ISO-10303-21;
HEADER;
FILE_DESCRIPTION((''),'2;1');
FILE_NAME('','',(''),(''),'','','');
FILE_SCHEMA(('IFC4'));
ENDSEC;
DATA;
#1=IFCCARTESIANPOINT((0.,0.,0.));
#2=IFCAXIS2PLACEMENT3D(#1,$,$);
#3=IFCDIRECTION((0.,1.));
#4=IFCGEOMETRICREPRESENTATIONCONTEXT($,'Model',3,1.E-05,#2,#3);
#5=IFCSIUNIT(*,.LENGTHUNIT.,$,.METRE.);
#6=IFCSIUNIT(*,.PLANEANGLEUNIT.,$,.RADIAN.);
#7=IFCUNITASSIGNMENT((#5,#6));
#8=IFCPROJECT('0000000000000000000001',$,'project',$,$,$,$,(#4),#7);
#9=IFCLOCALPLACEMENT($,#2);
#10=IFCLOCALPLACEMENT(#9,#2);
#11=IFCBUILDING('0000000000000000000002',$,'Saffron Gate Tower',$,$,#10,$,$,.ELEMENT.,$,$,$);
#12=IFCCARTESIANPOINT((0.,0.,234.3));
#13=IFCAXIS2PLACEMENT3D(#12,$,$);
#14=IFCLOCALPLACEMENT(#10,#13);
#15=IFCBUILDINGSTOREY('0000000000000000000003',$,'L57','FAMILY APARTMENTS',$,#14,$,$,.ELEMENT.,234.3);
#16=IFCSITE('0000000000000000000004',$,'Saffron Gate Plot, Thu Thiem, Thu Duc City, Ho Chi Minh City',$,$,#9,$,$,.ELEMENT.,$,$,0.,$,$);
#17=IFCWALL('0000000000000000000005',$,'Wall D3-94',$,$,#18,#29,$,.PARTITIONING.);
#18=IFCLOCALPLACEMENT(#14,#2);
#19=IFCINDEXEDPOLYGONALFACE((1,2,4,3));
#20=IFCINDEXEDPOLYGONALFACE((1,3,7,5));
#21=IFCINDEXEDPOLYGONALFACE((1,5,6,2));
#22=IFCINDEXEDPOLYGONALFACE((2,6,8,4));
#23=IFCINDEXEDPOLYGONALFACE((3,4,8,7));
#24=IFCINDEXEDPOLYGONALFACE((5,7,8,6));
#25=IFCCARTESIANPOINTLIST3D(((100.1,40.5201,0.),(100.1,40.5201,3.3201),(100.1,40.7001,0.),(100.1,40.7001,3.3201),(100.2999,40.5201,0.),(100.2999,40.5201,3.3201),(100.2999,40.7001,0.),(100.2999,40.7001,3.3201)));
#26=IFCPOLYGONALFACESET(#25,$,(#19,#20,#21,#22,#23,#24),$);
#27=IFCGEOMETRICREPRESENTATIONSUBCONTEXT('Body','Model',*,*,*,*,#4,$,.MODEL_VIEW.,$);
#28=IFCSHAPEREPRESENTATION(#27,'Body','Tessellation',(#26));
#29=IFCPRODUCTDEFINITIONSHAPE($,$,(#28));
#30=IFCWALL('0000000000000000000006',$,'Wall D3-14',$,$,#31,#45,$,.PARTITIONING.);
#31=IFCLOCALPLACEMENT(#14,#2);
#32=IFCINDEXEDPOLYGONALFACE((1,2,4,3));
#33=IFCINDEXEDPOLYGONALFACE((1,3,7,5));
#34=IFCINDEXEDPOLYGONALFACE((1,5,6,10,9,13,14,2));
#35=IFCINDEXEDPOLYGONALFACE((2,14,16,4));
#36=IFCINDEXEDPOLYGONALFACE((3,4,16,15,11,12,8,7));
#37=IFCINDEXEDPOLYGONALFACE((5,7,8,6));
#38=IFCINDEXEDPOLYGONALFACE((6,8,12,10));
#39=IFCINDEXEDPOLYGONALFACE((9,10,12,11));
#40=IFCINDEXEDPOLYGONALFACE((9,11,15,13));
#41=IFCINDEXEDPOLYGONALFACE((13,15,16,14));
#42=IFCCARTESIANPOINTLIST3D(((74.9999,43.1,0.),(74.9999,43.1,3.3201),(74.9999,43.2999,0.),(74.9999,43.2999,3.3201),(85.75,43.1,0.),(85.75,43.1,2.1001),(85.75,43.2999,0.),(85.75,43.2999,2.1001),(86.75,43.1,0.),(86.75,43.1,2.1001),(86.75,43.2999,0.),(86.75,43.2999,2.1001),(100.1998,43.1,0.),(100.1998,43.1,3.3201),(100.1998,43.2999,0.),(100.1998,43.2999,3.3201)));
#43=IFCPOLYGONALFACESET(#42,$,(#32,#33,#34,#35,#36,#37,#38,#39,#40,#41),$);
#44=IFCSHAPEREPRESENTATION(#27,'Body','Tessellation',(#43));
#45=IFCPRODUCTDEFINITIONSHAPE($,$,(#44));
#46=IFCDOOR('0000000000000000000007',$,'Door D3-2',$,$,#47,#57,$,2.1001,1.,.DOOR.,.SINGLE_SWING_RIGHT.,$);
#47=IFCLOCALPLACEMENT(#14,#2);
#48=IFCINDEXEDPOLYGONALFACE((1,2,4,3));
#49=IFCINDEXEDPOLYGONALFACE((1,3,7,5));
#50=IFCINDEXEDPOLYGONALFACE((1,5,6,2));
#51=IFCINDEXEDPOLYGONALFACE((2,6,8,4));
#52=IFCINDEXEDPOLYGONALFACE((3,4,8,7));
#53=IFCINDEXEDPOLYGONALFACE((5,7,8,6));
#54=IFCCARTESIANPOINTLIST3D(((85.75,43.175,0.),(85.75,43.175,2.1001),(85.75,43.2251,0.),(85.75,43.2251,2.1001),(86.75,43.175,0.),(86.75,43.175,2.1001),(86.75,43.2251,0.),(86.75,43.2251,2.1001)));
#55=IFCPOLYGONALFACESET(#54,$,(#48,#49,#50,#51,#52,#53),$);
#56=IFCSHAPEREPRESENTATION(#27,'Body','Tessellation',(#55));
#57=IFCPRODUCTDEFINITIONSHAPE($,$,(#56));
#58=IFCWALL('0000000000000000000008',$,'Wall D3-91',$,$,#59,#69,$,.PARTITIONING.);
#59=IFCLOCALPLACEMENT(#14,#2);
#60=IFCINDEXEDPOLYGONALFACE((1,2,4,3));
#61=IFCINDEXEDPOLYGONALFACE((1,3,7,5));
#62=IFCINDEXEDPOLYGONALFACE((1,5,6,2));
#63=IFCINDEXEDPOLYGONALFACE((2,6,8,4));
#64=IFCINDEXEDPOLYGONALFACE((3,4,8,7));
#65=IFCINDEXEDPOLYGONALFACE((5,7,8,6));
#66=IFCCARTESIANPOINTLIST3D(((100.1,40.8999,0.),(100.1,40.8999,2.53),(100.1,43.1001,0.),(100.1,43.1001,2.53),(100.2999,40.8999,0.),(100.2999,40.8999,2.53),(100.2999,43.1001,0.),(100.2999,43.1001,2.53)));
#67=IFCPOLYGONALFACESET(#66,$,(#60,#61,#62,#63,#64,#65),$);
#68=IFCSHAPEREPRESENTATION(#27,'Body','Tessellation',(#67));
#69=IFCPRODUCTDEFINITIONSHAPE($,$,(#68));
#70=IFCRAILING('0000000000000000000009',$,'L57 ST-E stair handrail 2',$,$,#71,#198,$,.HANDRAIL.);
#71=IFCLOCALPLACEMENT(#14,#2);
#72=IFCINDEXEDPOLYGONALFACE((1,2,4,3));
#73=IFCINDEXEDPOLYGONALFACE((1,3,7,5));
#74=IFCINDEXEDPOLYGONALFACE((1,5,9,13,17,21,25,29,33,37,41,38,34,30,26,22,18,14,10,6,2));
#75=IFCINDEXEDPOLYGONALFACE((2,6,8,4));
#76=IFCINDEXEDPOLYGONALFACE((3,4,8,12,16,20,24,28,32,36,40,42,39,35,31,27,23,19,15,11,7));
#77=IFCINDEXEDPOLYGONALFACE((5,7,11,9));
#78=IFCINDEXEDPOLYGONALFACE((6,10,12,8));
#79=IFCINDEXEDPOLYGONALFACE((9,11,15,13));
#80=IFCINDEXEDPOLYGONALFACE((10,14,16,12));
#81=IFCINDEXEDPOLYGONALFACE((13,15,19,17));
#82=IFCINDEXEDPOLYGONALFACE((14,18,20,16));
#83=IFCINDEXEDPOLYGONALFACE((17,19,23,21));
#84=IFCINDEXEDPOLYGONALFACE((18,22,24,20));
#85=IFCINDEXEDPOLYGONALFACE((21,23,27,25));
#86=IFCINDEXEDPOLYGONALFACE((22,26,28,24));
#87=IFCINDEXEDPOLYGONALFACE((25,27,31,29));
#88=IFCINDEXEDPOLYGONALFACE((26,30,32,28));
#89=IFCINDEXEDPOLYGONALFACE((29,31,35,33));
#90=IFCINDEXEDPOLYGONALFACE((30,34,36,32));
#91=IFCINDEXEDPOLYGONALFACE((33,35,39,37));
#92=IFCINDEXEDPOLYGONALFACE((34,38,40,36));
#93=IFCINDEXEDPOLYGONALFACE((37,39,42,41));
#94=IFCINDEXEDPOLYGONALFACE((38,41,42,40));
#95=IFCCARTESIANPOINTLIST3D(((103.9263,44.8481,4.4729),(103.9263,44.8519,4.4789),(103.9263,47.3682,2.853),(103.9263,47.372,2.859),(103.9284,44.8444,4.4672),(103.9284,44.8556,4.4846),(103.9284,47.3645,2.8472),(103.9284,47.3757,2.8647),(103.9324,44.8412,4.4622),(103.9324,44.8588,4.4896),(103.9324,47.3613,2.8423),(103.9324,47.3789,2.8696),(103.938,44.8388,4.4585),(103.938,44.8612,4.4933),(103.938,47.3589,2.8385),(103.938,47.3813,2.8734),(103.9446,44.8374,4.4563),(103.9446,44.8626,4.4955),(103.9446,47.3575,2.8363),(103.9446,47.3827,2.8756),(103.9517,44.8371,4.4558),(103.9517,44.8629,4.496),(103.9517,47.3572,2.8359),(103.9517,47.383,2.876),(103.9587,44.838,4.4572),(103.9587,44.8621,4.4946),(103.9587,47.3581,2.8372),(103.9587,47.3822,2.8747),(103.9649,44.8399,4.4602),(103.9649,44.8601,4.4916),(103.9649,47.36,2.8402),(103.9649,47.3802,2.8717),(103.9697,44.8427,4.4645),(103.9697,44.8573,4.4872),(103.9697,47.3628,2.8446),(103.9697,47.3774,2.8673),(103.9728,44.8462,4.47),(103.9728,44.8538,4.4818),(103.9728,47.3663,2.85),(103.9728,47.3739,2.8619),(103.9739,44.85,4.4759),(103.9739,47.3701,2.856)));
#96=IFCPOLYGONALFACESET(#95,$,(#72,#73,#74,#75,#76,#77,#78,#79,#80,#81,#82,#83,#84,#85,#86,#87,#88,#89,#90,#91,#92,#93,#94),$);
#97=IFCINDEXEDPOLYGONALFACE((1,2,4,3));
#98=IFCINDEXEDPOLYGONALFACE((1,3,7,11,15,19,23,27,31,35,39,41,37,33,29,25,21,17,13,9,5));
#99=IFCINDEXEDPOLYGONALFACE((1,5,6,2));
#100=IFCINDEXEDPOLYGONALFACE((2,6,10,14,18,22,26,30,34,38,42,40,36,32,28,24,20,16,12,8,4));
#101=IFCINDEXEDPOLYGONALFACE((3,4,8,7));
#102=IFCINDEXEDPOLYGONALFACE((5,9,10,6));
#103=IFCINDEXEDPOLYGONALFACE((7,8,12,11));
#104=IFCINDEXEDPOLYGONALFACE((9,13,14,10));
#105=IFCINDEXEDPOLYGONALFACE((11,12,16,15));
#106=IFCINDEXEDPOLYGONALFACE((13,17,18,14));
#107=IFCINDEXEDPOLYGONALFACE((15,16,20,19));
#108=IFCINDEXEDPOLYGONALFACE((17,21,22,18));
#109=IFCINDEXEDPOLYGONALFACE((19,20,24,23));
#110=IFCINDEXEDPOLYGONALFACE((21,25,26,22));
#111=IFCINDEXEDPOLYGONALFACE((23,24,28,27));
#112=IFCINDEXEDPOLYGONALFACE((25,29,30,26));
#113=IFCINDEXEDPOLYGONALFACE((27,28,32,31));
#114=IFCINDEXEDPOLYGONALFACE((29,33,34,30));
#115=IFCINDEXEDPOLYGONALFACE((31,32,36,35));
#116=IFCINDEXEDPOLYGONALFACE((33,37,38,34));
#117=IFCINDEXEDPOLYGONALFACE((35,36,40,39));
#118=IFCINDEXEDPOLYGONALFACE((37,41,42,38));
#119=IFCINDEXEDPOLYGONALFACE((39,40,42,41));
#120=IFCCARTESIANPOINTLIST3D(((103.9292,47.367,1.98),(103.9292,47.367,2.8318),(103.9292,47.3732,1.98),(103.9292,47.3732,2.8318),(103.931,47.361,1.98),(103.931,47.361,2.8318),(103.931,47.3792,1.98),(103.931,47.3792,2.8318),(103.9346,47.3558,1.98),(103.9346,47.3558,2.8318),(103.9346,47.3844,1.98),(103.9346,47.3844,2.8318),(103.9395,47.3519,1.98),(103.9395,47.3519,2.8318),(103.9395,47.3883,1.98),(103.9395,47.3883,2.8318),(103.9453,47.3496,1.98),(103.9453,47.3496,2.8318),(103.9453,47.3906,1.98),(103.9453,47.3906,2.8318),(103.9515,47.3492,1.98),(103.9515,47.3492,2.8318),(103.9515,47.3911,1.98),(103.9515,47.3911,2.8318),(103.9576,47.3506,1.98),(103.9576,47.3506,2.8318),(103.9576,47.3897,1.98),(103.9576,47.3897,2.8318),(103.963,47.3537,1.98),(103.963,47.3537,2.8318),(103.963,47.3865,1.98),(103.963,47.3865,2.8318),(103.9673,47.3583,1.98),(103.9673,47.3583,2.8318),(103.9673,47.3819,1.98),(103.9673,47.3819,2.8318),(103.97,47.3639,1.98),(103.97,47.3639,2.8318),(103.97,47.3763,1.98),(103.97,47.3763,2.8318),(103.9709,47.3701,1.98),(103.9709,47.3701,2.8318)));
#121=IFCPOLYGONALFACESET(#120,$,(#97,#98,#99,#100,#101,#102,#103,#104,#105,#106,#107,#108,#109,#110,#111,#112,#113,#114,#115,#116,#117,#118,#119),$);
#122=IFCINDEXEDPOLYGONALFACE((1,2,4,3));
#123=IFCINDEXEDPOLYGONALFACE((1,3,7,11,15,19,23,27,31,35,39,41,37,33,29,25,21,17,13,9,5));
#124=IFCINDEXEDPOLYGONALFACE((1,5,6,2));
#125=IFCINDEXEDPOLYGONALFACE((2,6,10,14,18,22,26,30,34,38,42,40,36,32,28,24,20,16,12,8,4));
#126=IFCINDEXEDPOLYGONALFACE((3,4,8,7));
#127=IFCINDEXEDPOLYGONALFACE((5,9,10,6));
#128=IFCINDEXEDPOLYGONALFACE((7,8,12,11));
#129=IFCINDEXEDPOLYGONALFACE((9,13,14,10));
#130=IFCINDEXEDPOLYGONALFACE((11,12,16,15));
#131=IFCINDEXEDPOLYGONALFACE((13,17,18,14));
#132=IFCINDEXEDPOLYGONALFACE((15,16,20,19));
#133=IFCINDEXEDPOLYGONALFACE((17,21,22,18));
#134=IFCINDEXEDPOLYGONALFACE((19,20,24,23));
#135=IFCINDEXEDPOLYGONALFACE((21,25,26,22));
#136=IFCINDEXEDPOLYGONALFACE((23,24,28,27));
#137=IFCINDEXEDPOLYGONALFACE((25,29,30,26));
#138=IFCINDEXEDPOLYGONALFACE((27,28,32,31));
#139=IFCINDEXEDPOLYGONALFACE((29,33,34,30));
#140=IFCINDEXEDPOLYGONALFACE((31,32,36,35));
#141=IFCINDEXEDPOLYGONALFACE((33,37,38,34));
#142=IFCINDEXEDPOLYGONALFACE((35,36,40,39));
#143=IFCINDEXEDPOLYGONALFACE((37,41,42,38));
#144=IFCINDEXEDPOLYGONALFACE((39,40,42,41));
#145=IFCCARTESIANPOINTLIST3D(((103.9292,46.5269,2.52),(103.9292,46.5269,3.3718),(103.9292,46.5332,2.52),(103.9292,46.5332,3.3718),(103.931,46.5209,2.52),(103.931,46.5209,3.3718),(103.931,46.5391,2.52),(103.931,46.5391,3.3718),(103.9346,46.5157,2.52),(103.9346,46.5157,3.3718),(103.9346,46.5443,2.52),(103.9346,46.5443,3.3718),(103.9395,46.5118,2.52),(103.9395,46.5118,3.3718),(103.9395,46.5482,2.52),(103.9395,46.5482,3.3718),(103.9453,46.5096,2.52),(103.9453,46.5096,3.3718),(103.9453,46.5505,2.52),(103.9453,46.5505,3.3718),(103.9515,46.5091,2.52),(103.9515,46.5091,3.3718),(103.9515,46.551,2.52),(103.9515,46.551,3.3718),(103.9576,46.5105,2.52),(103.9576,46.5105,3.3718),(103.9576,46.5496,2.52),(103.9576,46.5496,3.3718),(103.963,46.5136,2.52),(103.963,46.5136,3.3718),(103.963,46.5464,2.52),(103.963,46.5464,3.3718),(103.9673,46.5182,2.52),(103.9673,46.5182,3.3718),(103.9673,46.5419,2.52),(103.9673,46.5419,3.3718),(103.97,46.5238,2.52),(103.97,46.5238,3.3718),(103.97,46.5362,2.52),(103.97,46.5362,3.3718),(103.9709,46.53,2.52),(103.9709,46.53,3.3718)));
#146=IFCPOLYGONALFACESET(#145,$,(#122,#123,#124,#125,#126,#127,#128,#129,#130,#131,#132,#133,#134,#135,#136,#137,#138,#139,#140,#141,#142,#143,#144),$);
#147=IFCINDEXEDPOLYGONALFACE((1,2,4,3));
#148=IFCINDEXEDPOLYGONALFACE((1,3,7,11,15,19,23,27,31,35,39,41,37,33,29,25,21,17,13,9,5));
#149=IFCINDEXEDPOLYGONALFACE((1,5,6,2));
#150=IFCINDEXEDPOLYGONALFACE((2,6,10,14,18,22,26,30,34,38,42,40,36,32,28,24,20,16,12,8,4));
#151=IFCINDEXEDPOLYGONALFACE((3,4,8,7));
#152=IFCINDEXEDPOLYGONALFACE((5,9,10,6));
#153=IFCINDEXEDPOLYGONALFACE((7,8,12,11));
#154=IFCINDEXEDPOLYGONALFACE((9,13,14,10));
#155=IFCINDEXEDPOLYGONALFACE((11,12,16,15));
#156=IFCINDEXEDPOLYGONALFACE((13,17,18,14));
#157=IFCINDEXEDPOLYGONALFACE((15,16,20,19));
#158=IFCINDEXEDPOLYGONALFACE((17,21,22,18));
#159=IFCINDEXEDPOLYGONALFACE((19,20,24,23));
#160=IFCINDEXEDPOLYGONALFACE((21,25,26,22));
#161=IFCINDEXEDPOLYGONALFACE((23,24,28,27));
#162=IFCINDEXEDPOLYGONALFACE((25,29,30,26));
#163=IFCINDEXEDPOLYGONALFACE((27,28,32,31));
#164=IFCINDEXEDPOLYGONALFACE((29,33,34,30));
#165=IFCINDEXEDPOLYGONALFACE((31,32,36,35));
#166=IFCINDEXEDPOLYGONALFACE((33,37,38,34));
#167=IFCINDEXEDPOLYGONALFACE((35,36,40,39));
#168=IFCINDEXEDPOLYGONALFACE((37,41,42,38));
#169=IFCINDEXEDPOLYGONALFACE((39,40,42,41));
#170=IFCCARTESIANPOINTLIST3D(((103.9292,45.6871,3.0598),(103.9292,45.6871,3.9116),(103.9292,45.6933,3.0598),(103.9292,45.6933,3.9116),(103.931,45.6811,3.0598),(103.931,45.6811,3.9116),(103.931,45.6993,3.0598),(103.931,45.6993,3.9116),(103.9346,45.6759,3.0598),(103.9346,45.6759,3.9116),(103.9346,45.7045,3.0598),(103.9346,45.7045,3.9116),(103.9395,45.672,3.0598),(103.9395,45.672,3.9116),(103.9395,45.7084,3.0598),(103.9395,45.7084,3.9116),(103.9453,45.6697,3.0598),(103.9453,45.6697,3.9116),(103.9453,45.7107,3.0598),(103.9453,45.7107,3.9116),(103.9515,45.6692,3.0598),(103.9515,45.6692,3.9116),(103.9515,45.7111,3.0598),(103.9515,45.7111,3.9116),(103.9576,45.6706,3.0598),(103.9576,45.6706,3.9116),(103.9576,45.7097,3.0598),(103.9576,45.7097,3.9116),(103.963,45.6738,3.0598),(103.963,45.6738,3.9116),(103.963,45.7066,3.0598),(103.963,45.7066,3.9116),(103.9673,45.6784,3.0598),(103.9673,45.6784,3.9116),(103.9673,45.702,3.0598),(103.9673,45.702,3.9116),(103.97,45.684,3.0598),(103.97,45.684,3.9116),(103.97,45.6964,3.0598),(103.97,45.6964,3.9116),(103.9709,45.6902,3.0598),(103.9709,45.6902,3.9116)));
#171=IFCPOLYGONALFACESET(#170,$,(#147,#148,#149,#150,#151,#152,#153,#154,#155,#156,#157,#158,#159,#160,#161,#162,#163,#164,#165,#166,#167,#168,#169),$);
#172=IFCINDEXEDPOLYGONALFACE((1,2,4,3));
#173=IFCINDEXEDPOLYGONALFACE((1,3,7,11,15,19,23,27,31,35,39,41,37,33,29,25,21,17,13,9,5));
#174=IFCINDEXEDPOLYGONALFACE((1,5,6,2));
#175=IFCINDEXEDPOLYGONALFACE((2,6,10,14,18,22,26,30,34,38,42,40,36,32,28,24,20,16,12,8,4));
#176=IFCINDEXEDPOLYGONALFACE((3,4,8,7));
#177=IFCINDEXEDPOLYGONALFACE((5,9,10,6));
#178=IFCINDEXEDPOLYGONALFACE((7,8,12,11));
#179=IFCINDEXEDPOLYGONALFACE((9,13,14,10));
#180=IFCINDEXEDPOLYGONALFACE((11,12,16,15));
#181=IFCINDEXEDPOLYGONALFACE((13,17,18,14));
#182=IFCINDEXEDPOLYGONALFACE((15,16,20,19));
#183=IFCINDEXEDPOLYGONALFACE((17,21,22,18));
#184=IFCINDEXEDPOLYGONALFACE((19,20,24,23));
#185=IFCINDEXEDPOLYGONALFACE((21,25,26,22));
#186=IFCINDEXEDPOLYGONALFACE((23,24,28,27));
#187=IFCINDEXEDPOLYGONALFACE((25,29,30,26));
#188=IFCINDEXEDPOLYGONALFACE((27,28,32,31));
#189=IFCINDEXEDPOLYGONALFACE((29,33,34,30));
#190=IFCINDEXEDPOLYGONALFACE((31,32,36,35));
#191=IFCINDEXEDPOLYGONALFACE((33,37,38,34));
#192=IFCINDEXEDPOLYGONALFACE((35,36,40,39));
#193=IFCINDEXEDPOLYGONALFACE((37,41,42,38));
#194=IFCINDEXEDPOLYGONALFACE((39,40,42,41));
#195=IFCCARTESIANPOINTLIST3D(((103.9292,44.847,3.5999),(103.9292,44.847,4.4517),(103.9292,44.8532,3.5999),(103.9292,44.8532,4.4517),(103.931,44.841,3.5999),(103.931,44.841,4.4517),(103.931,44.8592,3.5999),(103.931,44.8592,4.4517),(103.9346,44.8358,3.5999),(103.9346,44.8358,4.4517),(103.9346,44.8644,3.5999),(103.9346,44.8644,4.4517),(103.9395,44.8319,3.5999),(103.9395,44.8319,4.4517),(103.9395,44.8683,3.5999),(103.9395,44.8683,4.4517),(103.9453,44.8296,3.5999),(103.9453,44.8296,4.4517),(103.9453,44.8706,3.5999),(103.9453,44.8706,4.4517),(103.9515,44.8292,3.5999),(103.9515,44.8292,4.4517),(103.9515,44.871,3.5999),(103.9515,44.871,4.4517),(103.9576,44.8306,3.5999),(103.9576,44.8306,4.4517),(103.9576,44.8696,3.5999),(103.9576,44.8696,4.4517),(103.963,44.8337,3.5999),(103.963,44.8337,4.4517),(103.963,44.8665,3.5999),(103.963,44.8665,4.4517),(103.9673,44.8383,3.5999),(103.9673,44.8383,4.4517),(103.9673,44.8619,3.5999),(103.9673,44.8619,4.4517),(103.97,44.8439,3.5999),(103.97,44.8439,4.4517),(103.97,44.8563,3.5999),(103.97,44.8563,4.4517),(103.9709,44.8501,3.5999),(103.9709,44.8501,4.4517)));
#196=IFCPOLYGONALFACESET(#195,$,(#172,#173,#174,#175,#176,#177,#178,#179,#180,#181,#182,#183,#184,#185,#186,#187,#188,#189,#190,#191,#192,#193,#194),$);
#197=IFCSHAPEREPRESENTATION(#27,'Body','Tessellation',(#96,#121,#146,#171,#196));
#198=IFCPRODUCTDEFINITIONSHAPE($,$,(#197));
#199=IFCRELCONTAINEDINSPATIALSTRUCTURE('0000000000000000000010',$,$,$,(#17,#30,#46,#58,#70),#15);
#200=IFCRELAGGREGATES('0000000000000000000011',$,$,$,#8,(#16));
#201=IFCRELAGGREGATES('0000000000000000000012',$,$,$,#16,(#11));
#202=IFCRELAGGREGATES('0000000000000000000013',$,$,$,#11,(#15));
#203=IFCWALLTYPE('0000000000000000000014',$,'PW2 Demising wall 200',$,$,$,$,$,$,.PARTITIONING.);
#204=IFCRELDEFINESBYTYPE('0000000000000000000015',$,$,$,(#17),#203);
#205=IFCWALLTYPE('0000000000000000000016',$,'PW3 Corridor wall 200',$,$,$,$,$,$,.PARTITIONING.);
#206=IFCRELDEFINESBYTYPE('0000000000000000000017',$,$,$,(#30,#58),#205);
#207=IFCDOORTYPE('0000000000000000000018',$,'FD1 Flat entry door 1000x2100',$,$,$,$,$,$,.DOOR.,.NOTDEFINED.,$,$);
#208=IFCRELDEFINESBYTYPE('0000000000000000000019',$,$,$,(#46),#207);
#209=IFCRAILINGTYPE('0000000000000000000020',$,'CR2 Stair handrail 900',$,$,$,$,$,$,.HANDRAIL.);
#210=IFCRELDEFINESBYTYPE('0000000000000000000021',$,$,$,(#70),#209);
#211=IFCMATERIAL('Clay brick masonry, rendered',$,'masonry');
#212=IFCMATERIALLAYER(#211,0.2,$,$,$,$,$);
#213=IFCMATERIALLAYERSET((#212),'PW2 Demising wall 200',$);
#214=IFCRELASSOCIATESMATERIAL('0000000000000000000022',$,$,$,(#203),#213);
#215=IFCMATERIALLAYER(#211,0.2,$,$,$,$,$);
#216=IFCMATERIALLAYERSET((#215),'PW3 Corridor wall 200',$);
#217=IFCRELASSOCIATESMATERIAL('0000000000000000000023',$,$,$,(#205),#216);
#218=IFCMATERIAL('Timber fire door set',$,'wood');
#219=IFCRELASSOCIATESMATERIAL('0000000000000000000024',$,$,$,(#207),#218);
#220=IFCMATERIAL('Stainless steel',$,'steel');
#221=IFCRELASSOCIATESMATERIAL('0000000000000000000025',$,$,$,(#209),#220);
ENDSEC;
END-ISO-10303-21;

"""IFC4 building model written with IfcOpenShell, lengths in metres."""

from ifc_helpers import new_model, si_unit, direction, frame, frame_2d, origin, origin_2d, place, context, subcontext, project, spatial, rectangle, circle, extrude, material, layer, layer_set, type_object, element, fill, save


model = new_model("IFC4")

# Units and contexts
model_context = context("Model", 3, precision=1e-05, world=origin(), true_north=direction((0.0, 1.0)))
body_context = subcontext(model_context, "Body", "Model", "MODEL_VIEW")
ifc_project = project(units=[si_unit("LENGTHUNIT", "METRE"), si_unit("PLANEANGLEUNIT", "RADIAN")], contexts=[model_context])

# Site, building, storey
site_placement = place(None, origin())
site = spatial("IfcSite", under=ifc_project, at=site_placement, Name="Saffron Gate Plot, Thu Thiem, Thu Duc City, Ho Chi Minh City", CompositionType="ELEMENT", RefElevation=0.0)
building_placement = place(site_placement, origin())
building = spatial("IfcBuilding", under=site, at=building_placement, Name="Saffron Gate Tower", CompositionType="ELEMENT")
storey_placement = place(building_placement, frame((0.0, 0.0, 234.3)))
storey = spatial("IfcBuildingStorey", under=building, at=storey_placement, Name="L57", Description="FAMILY APARTMENTS", CompositionType="ELEMENT", Elevation=234.3)

# Wall
ifc_material_1 = material(Name="Clay brick masonry, rendered", Category="masonry")
ifc_layer_1 = layer(ifc_material_1, 0.2)
ifc_layer_set_1 = layer_set([ifc_layer_1], Name="PW2 Demising wall 200")
wall_type_1 = type_object("IfcWallType", Name="PW2 Demising wall 200", PredefinedType="PARTITIONING", material=ifc_layer_set_1)
wall_1_placement = place(storey_placement, frame((100.2, 40.7, 0.0), z_axis=(0.0, 0.0, 1.0), x_axis=(0.0, -1.0, 0.0)))
element("IfcWall", 1, at=wall_1_placement, inside=storey, type_object=wall_type_1, Name="Wall D3-94", PredefinedType="PARTITIONING", context=body_context, shape_type="SweptSolid", body=[
    extrude(rectangle(XDim=0.1799, YDim=0.2, at=frame_2d((0.0898, 0.0))), origin(), (0.0, 0.0, 1.0), 3.3201),
])

# Wall, opening, door
ifc_layer_2 = layer(ifc_material_1, 0.2)
ifc_layer_set_2 = layer_set([ifc_layer_2], Name="PW3 Corridor wall 200")
wall_type_2 = type_object("IfcWallType", Name="PW3 Corridor wall 200", PredefinedType="PARTITIONING", material=ifc_layer_set_2)
wall_2_placement = place(storey_placement, frame((100.2, 43.2, 0.0), z_axis=(0.0, 0.0, 1.0), x_axis=(-1.0, 0.0, 0.0)))
wall_2 = element("IfcWall", 2, at=wall_2_placement, inside=storey, type_object=wall_type_2, Name="Wall D3-14", PredefinedType="PARTITIONING", context=body_context, shape_type="SweptSolid", body=[
    extrude(rectangle(XDim=25.2, YDim=0.2, at=frame_2d((12.6001, 0.0))), origin(), (0.0, 0.0, 1.0), 3.3201),
])
opening_1_placement = place(wall_2_placement, frame((13.45, 0.0, 0.0)))
opening_1 = element("IfcOpeningElement", 3, at=opening_1_placement, cuts=wall_2, PredefinedType="OPENING", context=body_context, shape_type="SweptSolid", body=[
    extrude(rectangle(XDim=1.0, YDim=2.1001, at=frame_2d((0.5, 1.05))), frame((0.0, 0.1099, 0.0), z_axis=(0.0, -1.0, 0.0), x_axis=(1.0, 0.0, 0.0)), (0.0, 0.0, 1.0), 0.22),
])
ifc_material_2 = material(Name="Timber fire door set", Category="wood")
door_type_1 = type_object("IfcDoorType", Name="FD1 Flat entry door 1000x2100", OperationType="NOTDEFINED", PredefinedType="DOOR", material=ifc_material_2)
door_1_placement = place(opening_1_placement, origin())
door_1 = element("IfcDoor", 4, at=door_1_placement, inside=storey, type_object=door_type_1, Name="Door D3-2", OperationType="SINGLE_SWING_RIGHT", OverallHeight=2.1001, OverallWidth=1.0, PredefinedType="DOOR", context=body_context, shape_type="SweptSolid", body=[
    extrude(rectangle(XDim=1.0, YDim=2.1001, at=frame_2d((0.5, 1.05))), frame((0.0, 0.0249, 0.0), z_axis=(0.0, -1.0, 0.0), x_axis=(1.0, 0.0, 0.0)), (0.0, 0.0, 1.0), 0.05),
])
fill(opening_1, door_1)

# Wall
wall_3_placement = place(storey_placement, frame((100.2, 43.1001, 0.0), z_axis=(0.0, 0.0, 1.0), x_axis=(0.0, -1.0, 0.0)))
element("IfcWall", 5, at=wall_3_placement, inside=storey, type_object=wall_type_2, Name="Wall D3-91", PredefinedType="PARTITIONING", context=body_context, shape_type="SweptSolid", body=[
    extrude(rectangle(XDim=2.2002, YDim=0.2, at=frame_2d((1.1001, 0.0))), origin(), (0.0, 0.0, 1.0), 2.53),
])

# Railing
ifc_material_3 = material(Name="Stainless steel", Category="steel")
railing_type_1 = type_object("IfcRailingType", Name="CR2 Stair handrail 900", PredefinedType="HANDRAIL", material=ifc_material_3)
railing_1_placement = place(storey_placement, frame((103.95, 47.3701, 1.98)))
element("IfcRailing", 6, at=railing_1_placement, inside=storey, type_object=railing_type_1, Name="L57 ST-E stair handrail 2", PredefinedType="HANDRAIL", context=body_context, shape_type="SweptSolid", body=[
    extrude(circle(Radius=0.0239, at=origin_2d()), frame((0.0, 0.0, 0.876), z_axis=(0.0, -0.8412, 0.540725), x_axis=(1.0, 0.0, 0.0)), (0.0, 0.0, 1.0), 2.9958),
    extrude(circle(Radius=0.021, at=origin_2d()), origin(), (0.0, 0.0, 1.0), 0.8518),
    extrude(circle(Radius=0.021, at=origin_2d()), frame((0.0, -0.8401, 0.54)), (0.0, 0.0, 1.0), 0.8518),
    extrude(circle(Radius=0.021, at=origin_2d()), frame((0.0, -1.6799, 1.0798)), (0.0, 0.0, 1.0), 0.8518),
    extrude(circle(Radius=0.021, at=origin_2d()), frame((0.0, -2.52, 1.6199)), (0.0, 0.0, 1.0), 0.8518),
])

save(model, "model.ifc")
